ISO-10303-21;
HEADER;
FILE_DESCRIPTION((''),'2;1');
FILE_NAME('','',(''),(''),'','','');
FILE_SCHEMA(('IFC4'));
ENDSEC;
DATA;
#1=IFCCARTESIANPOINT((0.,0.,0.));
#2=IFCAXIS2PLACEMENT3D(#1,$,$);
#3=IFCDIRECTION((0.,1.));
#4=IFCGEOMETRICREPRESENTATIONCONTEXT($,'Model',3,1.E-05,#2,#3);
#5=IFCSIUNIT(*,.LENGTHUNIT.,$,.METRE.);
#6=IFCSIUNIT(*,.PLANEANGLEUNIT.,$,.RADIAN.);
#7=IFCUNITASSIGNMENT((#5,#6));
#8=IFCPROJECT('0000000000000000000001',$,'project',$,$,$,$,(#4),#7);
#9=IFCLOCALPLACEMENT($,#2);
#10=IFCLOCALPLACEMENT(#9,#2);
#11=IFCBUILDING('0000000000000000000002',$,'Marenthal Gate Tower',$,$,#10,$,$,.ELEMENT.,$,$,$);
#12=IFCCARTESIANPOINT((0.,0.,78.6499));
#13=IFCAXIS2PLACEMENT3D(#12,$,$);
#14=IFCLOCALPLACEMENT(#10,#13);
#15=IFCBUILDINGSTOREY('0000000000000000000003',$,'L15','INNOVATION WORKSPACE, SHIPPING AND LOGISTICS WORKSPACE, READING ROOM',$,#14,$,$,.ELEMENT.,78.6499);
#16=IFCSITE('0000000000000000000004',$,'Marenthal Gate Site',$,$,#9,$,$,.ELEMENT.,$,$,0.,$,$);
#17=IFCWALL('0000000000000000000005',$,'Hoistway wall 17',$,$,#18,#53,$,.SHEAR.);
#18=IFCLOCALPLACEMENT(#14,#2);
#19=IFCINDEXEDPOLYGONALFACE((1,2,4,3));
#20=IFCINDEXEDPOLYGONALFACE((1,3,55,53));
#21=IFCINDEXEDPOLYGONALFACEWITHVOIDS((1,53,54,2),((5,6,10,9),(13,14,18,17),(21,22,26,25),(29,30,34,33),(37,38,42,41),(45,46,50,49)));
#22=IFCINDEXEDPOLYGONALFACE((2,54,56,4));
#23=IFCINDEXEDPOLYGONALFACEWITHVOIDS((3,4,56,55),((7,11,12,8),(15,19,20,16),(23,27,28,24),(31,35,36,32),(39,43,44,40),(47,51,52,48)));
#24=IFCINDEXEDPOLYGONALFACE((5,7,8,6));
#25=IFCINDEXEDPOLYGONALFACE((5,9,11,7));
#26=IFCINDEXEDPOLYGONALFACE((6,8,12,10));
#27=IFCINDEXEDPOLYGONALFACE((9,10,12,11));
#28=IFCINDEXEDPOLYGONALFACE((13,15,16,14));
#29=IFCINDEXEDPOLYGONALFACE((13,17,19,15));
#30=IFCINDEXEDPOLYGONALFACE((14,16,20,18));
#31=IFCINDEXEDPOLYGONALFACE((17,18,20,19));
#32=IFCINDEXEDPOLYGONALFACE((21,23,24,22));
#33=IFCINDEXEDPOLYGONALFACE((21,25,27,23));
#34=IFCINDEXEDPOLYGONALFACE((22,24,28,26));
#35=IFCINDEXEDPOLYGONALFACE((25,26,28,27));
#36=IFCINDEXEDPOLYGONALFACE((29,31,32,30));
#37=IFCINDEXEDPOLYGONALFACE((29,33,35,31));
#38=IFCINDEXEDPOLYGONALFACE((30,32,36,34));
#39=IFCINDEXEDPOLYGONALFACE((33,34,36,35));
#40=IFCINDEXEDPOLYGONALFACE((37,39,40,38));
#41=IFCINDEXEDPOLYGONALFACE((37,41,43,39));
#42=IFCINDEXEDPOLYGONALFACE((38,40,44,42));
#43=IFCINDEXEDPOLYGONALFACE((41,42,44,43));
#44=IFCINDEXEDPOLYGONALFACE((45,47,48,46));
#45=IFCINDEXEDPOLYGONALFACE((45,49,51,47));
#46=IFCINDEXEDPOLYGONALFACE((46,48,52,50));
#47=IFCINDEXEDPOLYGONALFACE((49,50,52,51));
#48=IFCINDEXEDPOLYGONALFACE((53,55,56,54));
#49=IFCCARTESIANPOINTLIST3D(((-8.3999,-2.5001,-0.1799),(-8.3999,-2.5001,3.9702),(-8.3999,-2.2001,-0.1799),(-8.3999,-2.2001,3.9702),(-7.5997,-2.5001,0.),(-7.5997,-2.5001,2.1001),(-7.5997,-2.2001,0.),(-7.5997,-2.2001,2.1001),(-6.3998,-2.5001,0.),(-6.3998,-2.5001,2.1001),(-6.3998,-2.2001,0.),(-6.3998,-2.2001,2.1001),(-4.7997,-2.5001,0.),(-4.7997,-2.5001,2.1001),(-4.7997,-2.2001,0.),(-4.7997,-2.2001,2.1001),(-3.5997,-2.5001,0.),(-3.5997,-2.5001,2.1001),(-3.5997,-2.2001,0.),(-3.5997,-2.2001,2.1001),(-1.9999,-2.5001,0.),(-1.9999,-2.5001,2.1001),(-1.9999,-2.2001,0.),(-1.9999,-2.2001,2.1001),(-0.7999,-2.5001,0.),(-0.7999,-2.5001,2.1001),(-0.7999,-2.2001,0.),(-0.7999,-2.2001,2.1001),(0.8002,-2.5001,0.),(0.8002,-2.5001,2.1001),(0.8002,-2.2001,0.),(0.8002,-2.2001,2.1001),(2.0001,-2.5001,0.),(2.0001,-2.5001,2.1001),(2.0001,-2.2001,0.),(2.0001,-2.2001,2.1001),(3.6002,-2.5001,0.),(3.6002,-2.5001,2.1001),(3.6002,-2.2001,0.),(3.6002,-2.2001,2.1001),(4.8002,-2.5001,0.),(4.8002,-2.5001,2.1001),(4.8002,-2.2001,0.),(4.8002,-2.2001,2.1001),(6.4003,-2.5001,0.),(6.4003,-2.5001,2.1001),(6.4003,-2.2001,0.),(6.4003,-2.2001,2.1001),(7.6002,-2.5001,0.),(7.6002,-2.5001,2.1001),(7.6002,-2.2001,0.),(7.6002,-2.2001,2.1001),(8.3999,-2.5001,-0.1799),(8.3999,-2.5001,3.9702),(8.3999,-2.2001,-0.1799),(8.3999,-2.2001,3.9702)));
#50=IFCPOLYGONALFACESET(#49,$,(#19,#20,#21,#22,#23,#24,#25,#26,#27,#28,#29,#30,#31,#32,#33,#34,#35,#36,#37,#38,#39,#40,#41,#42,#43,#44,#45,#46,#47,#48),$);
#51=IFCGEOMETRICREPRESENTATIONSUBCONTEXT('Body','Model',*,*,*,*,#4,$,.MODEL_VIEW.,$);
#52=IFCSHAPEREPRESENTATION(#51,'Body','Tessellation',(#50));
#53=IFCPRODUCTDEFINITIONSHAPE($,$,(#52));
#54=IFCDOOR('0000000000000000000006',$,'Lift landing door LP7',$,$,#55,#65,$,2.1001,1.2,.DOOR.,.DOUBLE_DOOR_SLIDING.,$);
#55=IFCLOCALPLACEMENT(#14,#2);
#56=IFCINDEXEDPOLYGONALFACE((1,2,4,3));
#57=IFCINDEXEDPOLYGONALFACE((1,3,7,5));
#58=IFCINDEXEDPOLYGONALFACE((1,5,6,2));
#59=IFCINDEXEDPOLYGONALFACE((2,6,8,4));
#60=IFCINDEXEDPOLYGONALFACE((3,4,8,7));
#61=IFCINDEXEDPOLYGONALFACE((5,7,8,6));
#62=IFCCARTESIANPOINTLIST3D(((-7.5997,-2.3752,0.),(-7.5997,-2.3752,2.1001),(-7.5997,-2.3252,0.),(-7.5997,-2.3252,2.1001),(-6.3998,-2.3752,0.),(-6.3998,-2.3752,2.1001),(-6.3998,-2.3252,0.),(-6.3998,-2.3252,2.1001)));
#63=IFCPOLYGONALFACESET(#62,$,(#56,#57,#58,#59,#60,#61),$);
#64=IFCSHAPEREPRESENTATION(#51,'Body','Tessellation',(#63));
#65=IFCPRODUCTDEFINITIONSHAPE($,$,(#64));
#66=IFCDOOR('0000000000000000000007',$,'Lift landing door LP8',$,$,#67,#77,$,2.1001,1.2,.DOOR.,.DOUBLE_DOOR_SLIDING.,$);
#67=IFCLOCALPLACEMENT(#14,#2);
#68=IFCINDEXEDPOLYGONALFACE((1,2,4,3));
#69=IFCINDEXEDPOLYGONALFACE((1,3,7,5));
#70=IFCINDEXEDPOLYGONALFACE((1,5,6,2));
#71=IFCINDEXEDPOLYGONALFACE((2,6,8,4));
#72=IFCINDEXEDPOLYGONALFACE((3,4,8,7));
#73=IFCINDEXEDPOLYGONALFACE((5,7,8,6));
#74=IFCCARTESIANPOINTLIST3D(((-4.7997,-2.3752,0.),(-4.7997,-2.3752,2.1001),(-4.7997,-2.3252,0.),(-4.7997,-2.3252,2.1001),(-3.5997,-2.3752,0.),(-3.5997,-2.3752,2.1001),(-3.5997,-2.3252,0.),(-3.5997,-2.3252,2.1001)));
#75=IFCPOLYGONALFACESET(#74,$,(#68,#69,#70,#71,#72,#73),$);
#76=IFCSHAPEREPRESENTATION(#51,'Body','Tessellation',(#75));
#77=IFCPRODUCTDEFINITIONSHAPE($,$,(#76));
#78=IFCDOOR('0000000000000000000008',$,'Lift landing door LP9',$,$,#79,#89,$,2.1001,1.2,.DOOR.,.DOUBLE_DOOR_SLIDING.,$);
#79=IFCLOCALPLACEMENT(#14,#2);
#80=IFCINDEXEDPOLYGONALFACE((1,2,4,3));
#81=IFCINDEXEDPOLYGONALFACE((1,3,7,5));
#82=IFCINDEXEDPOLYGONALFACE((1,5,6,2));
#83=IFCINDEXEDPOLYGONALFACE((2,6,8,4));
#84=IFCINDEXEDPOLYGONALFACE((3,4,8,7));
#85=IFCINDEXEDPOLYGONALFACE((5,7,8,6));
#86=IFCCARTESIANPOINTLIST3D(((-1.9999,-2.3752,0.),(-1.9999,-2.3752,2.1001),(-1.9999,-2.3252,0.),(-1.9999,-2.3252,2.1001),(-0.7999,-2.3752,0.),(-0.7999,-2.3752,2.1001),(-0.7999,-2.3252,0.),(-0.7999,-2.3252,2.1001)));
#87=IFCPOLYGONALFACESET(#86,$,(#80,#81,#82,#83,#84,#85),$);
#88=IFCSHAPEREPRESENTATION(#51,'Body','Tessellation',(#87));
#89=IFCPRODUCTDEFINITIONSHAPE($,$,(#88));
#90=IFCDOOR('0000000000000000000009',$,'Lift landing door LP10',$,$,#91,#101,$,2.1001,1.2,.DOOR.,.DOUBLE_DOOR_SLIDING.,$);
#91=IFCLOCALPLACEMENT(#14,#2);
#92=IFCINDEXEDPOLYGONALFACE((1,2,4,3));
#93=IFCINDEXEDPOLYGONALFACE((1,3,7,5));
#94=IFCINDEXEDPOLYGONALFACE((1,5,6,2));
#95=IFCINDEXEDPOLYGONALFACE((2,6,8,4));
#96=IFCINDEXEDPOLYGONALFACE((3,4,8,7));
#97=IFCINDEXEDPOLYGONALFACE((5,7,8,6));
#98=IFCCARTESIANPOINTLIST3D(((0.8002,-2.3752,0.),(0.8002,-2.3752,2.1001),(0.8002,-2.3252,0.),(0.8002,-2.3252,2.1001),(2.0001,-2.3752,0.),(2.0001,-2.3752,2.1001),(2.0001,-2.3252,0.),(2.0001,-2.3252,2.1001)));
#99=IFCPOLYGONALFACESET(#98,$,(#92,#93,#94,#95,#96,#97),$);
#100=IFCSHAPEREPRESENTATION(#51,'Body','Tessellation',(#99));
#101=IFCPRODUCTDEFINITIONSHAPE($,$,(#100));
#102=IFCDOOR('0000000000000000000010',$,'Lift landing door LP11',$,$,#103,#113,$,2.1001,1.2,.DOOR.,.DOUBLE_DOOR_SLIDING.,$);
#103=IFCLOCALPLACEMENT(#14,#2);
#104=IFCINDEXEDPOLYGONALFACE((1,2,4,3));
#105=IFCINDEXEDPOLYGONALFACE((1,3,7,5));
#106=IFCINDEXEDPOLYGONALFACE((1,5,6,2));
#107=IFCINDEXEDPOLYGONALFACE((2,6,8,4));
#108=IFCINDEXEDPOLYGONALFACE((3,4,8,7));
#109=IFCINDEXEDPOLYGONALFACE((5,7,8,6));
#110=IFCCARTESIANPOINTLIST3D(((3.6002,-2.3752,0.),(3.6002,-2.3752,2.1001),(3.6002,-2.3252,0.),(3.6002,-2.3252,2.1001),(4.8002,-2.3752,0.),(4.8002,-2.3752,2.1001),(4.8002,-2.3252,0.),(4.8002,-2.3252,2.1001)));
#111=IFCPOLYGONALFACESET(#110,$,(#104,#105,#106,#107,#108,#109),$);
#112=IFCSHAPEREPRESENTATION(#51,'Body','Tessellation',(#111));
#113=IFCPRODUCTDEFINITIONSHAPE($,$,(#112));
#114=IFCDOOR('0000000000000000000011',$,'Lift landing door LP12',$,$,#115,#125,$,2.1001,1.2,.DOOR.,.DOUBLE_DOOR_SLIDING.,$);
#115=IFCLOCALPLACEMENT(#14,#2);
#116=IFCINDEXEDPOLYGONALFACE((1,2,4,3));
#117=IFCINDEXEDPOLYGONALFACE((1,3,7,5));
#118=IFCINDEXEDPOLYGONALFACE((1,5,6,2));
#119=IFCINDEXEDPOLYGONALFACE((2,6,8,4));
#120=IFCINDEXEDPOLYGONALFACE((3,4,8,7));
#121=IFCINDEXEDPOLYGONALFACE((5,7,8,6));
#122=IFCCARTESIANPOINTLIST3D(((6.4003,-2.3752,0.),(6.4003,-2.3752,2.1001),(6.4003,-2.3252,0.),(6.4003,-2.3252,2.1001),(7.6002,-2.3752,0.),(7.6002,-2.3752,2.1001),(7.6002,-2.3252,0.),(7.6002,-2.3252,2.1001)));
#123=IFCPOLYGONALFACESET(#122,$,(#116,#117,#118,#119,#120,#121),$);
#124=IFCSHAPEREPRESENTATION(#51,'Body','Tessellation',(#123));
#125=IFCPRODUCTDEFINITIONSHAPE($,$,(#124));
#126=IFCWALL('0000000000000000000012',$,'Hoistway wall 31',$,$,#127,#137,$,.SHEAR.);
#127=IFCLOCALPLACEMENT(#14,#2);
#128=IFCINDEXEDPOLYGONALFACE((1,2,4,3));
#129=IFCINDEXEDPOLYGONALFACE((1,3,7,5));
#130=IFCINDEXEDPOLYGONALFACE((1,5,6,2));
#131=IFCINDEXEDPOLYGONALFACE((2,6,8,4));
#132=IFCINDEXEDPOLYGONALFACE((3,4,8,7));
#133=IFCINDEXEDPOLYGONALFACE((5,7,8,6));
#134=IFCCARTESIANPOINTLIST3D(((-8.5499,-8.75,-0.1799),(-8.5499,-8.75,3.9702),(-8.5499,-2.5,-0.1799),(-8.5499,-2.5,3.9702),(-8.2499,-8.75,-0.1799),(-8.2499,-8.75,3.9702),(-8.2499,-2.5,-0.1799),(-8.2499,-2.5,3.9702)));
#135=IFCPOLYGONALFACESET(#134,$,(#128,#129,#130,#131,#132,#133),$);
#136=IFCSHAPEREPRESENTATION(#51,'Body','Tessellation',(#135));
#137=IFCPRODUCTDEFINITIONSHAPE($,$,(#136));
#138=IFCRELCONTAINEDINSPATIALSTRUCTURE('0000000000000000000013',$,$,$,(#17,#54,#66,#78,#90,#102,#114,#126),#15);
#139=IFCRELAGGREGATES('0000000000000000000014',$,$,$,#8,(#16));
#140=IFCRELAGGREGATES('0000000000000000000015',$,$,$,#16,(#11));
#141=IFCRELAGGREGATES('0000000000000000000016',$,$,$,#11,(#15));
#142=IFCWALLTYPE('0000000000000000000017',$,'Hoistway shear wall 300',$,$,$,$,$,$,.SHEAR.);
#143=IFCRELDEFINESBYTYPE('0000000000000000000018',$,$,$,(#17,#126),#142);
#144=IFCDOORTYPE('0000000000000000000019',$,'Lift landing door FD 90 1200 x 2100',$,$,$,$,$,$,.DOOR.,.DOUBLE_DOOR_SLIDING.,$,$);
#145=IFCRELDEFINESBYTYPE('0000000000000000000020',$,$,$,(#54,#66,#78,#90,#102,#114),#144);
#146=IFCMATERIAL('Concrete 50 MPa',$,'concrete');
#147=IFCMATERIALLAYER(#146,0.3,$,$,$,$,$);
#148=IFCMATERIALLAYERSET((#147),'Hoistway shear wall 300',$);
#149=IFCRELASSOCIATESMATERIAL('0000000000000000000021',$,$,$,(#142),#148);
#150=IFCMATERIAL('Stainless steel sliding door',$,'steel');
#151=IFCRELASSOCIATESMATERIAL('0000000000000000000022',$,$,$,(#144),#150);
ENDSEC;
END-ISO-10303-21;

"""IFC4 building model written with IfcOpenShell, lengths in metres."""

from ifc_helpers import new_model, si_unit, direction, frame, frame_2d, origin, place, context, subcontext, project, spatial, rectangle, extrude, material, layer, layer_set, type_object, element, fill, save


model = new_model("IFC4")

# Units and contexts
model_context = context("Model", 3, precision=1e-05, world=origin(), true_north=direction((0.0, 1.0)))
body_context = subcontext(model_context, "Body", "Model", "MODEL_VIEW")
ifc_project = project(units=[si_unit("LENGTHUNIT", "METRE"), si_unit("PLANEANGLEUNIT", "RADIAN")], contexts=[model_context])

# Site, building, storey
site_placement = place(None, origin())
site = spatial("IfcSite", under=ifc_project, at=site_placement, Name="Marenthal Gate Site", CompositionType="ELEMENT", RefElevation=0.0)
building_placement = place(site_placement, origin())
building = spatial("IfcBuilding", under=site, at=building_placement, Name="Marenthal Gate Tower", CompositionType="ELEMENT")
storey_placement = place(building_placement, frame((0.0, 0.0, 78.6499)))
storey = spatial("IfcBuildingStorey", under=building, at=storey_placement, Name="L15", Description="INNOVATION WORKSPACE, SHIPPING AND LOGISTICS WORKSPACE, READING ROOM", CompositionType="ELEMENT", Elevation=78.6499)

# Wall, openings, doors
ifc_material_1 = material(Name="Concrete 50 MPa", Category="concrete")
ifc_layer_1 = layer(ifc_material_1, 0.3)
ifc_layer_set_1 = layer_set([ifc_layer_1], Name="Hoistway shear wall 300")
wall_type_1 = type_object("IfcWallType", Name="Hoistway shear wall 300", PredefinedType="SHEAR", material=ifc_layer_set_1)
wall_1_placement = place(storey_placement, frame((-8.3999, -2.3501, -0.1799), z_axis=(0.0, 0.0, 1.0), x_axis=(1.0, 0.0, 0.0)))
wall_1 = element("IfcWall", 1, at=wall_1_placement, inside=storey, type_object=wall_type_1, Name="Hoistway wall 17", PredefinedType="SHEAR", context=body_context, shape_type="SweptSolid", body=[
    extrude(rectangle(XDim=16.7998, YDim=0.3, at=frame_2d((8.3999, 0.0))), origin(), (0.0, 0.0, 1.0), 4.1501),
])
opening_1_placement = place(wall_1_placement, frame((0.8, 0.0, 0.1799)))
opening_1 = element("IfcOpeningElement", 2, at=opening_1_placement, cuts=wall_1, PredefinedType="OPENING", context=body_context, shape_type="SweptSolid", body=[
    extrude(rectangle(XDim=1.2, YDim=2.1001, at=frame_2d((0.6001, 1.05))), frame((0.0, 0.1602, 0.0), z_axis=(0.0, -1.0, 0.0), x_axis=(1.0, 0.0, 0.0)), (0.0, 0.0, 1.0), 0.3201),
])
opening_2_placement = place(wall_1_placement, frame((3.6001, 0.0, 0.1799)))
opening_2 = element("IfcOpeningElement", 3, at=opening_2_placement, cuts=wall_1, PredefinedType="OPENING", context=body_context, shape_type="SweptSolid", body=[
    extrude(rectangle(XDim=1.2, YDim=2.1001, at=frame_2d((0.6001, 1.05))), frame((0.0, 0.1602, 0.0), z_axis=(0.0, -1.0, 0.0), x_axis=(1.0, 0.0, 0.0)), (0.0, 0.0, 1.0), 0.3201),
])
opening_3_placement = place(wall_1_placement, frame((6.3999, 0.0, 0.1799)))
opening_3 = element("IfcOpeningElement", 4, at=opening_3_placement, cuts=wall_1, PredefinedType="OPENING", context=body_context, shape_type="SweptSolid", body=[
    extrude(rectangle(XDim=1.2, YDim=2.1001, at=frame_2d((0.6001, 1.05))), frame((0.0, 0.1602, 0.0), z_axis=(0.0, -1.0, 0.0), x_axis=(1.0, 0.0, 0.0)), (0.0, 0.0, 1.0), 0.3201),
])
opening_4_placement = place(wall_1_placement, frame((9.2, 0.0, 0.1799)))
opening_4 = element("IfcOpeningElement", 5, at=opening_4_placement, cuts=wall_1, PredefinedType="OPENING", context=body_context, shape_type="SweptSolid", body=[
    extrude(rectangle(XDim=1.2, YDim=2.1001, at=frame_2d((0.6001, 1.05))), frame((0.0, 0.1602, 0.0), z_axis=(0.0, -1.0, 0.0), x_axis=(1.0, 0.0, 0.0)), (0.0, 0.0, 1.0), 0.3201),
])
opening_5_placement = place(wall_1_placement, frame((12.0, 0.0, 0.1799)))
opening_5 = element("IfcOpeningElement", 6, at=opening_5_placement, cuts=wall_1, PredefinedType="OPENING", context=body_context, shape_type="SweptSolid", body=[
    extrude(rectangle(XDim=1.2, YDim=2.1001, at=frame_2d((0.6001, 1.05))), frame((0.0, 0.1602, 0.0), z_axis=(0.0, -1.0, 0.0), x_axis=(1.0, 0.0, 0.0)), (0.0, 0.0, 1.0), 0.3201),
])
opening_6_placement = place(wall_1_placement, frame((14.8, 0.0, 0.1799)))
opening_6 = element("IfcOpeningElement", 7, at=opening_6_placement, cuts=wall_1, PredefinedType="OPENING", context=body_context, shape_type="SweptSolid", body=[
    extrude(rectangle(XDim=1.2, YDim=2.1001, at=frame_2d((0.6001, 1.05))), frame((0.0, 0.1602, 0.0), z_axis=(0.0, -1.0, 0.0), x_axis=(1.0, 0.0, 0.0)), (0.0, 0.0, 1.0), 0.3201),
])
ifc_material_2 = material(Name="Stainless steel sliding door", Category="steel")
door_type_1 = type_object("IfcDoorType", Name="Lift landing door FD 90 1200 x 2100", OperationType="DOUBLE_DOOR_SLIDING", PredefinedType="DOOR", material=ifc_material_2)
door_1_placement = place(opening_1_placement, origin())
door_1 = element("IfcDoor", 8, at=door_1_placement, inside=storey, type_object=door_type_1, Name="Lift landing door LP7", OperationType="DOUBLE_DOOR_SLIDING", OverallHeight=2.1001, OverallWidth=1.2, PredefinedType="DOOR", context=body_context, shape_type="SweptSolid", body=[
    extrude(rectangle(XDim=1.2, YDim=2.1001, at=frame_2d((0.6001, 1.05))), frame((0.0, 0.0249, 0.0), z_axis=(0.0, -1.0, 0.0), x_axis=(1.0, 0.0, 0.0)), (0.0, 0.0, 1.0), 0.05),
])
fill(opening_1, door_1)
door_2_placement = place(opening_2_placement, origin())
door_2 = element("IfcDoor", 9, at=door_2_placement, inside=storey, type_object=door_type_1, Name="Lift landing door LP8", OperationType="DOUBLE_DOOR_SLIDING", OverallHeight=2.1001, OverallWidth=1.2, PredefinedType="DOOR", context=body_context, shape_type="SweptSolid", body=[
    extrude(rectangle(XDim=1.2, YDim=2.1001, at=frame_2d((0.6001, 1.05))), frame((0.0, 0.0249, 0.0), z_axis=(0.0, -1.0, 0.0), x_axis=(1.0, 0.0, 0.0)), (0.0, 0.0, 1.0), 0.05),
])
fill(opening_2, door_2)
door_3_placement = place(opening_3_placement, origin())
door_3 = element("IfcDoor", 10, at=door_3_placement, inside=storey, type_object=door_type_1, Name="Lift landing door LP9", OperationType="DOUBLE_DOOR_SLIDING", OverallHeight=2.1001, OverallWidth=1.2, PredefinedType="DOOR", context=body_context, shape_type="SweptSolid", body=[
    extrude(rectangle(XDim=1.2, YDim=2.1001, at=frame_2d((0.6001, 1.05))), frame((0.0, 0.0249, 0.0), z_axis=(0.0, -1.0, 0.0), x_axis=(1.0, 0.0, 0.0)), (0.0, 0.0, 1.0), 0.05),
])
fill(opening_3, door_3)
door_4_placement = place(opening_4_placement, origin())
door_4 = element("IfcDoor", 11, at=door_4_placement, inside=storey, type_object=door_type_1, Name="Lift landing door LP10", OperationType="DOUBLE_DOOR_SLIDING", OverallHeight=2.1001, OverallWidth=1.2, PredefinedType="DOOR", context=body_context, shape_type="SweptSolid", body=[
    extrude(rectangle(XDim=1.2, YDim=2.1001, at=frame_2d((0.6001, 1.05))), frame((0.0, 0.0249, 0.0), z_axis=(0.0, -1.0, 0.0), x_axis=(1.0, 0.0, 0.0)), (0.0, 0.0, 1.0), 0.05),
])
fill(opening_4, door_4)
door_5_placement = place(opening_5_placement, origin())
door_5 = element("IfcDoor", 12, at=door_5_placement, inside=storey, type_object=door_type_1, Name="Lift landing door LP11", OperationType="DOUBLE_DOOR_SLIDING", OverallHeight=2.1001, OverallWidth=1.2, PredefinedType="DOOR", context=body_context, shape_type="SweptSolid", body=[
    extrude(rectangle(XDim=1.2, YDim=2.1001, at=frame_2d((0.6001, 1.05))), frame((0.0, 0.0249, 0.0), z_axis=(0.0, -1.0, 0.0), x_axis=(1.0, 0.0, 0.0)), (0.0, 0.0, 1.0), 0.05),
])
fill(opening_5, door_5)
door_6_placement = place(opening_6_placement, origin())
door_6 = element("IfcDoor", 13, at=door_6_placement, inside=storey, type_object=door_type_1, Name="Lift landing door LP12", OperationType="DOUBLE_DOOR_SLIDING", OverallHeight=2.1001, OverallWidth=1.2, PredefinedType="DOOR", context=body_context, shape_type="SweptSolid", body=[
    extrude(rectangle(XDim=1.2, YDim=2.1001, at=frame_2d((0.6001, 1.05))), frame((0.0, 0.0249, 0.0), z_axis=(0.0, -1.0, 0.0), x_axis=(1.0, 0.0, 0.0)), (0.0, 0.0, 1.0), 0.05),
])
fill(opening_6, door_6)

# Wall
wall_2_placement = place(storey_placement, frame((-8.3999, -8.75, -0.1799), z_axis=(0.0, 0.0, 1.0), x_axis=(0.0, 1.0, 0.0)))
element("IfcWall", 14, at=wall_2_placement, inside=storey, type_object=wall_type_1, Name="Hoistway wall 31", PredefinedType="SHEAR", context=body_context, shape_type="SweptSolid", body=[
    extrude(rectangle(XDim=6.25, YDim=0.3, at=frame_2d((3.125, 0.0))), origin(), (0.0, 0.0, 1.0), 4.1501),
])

save(model, "model.ifc")
